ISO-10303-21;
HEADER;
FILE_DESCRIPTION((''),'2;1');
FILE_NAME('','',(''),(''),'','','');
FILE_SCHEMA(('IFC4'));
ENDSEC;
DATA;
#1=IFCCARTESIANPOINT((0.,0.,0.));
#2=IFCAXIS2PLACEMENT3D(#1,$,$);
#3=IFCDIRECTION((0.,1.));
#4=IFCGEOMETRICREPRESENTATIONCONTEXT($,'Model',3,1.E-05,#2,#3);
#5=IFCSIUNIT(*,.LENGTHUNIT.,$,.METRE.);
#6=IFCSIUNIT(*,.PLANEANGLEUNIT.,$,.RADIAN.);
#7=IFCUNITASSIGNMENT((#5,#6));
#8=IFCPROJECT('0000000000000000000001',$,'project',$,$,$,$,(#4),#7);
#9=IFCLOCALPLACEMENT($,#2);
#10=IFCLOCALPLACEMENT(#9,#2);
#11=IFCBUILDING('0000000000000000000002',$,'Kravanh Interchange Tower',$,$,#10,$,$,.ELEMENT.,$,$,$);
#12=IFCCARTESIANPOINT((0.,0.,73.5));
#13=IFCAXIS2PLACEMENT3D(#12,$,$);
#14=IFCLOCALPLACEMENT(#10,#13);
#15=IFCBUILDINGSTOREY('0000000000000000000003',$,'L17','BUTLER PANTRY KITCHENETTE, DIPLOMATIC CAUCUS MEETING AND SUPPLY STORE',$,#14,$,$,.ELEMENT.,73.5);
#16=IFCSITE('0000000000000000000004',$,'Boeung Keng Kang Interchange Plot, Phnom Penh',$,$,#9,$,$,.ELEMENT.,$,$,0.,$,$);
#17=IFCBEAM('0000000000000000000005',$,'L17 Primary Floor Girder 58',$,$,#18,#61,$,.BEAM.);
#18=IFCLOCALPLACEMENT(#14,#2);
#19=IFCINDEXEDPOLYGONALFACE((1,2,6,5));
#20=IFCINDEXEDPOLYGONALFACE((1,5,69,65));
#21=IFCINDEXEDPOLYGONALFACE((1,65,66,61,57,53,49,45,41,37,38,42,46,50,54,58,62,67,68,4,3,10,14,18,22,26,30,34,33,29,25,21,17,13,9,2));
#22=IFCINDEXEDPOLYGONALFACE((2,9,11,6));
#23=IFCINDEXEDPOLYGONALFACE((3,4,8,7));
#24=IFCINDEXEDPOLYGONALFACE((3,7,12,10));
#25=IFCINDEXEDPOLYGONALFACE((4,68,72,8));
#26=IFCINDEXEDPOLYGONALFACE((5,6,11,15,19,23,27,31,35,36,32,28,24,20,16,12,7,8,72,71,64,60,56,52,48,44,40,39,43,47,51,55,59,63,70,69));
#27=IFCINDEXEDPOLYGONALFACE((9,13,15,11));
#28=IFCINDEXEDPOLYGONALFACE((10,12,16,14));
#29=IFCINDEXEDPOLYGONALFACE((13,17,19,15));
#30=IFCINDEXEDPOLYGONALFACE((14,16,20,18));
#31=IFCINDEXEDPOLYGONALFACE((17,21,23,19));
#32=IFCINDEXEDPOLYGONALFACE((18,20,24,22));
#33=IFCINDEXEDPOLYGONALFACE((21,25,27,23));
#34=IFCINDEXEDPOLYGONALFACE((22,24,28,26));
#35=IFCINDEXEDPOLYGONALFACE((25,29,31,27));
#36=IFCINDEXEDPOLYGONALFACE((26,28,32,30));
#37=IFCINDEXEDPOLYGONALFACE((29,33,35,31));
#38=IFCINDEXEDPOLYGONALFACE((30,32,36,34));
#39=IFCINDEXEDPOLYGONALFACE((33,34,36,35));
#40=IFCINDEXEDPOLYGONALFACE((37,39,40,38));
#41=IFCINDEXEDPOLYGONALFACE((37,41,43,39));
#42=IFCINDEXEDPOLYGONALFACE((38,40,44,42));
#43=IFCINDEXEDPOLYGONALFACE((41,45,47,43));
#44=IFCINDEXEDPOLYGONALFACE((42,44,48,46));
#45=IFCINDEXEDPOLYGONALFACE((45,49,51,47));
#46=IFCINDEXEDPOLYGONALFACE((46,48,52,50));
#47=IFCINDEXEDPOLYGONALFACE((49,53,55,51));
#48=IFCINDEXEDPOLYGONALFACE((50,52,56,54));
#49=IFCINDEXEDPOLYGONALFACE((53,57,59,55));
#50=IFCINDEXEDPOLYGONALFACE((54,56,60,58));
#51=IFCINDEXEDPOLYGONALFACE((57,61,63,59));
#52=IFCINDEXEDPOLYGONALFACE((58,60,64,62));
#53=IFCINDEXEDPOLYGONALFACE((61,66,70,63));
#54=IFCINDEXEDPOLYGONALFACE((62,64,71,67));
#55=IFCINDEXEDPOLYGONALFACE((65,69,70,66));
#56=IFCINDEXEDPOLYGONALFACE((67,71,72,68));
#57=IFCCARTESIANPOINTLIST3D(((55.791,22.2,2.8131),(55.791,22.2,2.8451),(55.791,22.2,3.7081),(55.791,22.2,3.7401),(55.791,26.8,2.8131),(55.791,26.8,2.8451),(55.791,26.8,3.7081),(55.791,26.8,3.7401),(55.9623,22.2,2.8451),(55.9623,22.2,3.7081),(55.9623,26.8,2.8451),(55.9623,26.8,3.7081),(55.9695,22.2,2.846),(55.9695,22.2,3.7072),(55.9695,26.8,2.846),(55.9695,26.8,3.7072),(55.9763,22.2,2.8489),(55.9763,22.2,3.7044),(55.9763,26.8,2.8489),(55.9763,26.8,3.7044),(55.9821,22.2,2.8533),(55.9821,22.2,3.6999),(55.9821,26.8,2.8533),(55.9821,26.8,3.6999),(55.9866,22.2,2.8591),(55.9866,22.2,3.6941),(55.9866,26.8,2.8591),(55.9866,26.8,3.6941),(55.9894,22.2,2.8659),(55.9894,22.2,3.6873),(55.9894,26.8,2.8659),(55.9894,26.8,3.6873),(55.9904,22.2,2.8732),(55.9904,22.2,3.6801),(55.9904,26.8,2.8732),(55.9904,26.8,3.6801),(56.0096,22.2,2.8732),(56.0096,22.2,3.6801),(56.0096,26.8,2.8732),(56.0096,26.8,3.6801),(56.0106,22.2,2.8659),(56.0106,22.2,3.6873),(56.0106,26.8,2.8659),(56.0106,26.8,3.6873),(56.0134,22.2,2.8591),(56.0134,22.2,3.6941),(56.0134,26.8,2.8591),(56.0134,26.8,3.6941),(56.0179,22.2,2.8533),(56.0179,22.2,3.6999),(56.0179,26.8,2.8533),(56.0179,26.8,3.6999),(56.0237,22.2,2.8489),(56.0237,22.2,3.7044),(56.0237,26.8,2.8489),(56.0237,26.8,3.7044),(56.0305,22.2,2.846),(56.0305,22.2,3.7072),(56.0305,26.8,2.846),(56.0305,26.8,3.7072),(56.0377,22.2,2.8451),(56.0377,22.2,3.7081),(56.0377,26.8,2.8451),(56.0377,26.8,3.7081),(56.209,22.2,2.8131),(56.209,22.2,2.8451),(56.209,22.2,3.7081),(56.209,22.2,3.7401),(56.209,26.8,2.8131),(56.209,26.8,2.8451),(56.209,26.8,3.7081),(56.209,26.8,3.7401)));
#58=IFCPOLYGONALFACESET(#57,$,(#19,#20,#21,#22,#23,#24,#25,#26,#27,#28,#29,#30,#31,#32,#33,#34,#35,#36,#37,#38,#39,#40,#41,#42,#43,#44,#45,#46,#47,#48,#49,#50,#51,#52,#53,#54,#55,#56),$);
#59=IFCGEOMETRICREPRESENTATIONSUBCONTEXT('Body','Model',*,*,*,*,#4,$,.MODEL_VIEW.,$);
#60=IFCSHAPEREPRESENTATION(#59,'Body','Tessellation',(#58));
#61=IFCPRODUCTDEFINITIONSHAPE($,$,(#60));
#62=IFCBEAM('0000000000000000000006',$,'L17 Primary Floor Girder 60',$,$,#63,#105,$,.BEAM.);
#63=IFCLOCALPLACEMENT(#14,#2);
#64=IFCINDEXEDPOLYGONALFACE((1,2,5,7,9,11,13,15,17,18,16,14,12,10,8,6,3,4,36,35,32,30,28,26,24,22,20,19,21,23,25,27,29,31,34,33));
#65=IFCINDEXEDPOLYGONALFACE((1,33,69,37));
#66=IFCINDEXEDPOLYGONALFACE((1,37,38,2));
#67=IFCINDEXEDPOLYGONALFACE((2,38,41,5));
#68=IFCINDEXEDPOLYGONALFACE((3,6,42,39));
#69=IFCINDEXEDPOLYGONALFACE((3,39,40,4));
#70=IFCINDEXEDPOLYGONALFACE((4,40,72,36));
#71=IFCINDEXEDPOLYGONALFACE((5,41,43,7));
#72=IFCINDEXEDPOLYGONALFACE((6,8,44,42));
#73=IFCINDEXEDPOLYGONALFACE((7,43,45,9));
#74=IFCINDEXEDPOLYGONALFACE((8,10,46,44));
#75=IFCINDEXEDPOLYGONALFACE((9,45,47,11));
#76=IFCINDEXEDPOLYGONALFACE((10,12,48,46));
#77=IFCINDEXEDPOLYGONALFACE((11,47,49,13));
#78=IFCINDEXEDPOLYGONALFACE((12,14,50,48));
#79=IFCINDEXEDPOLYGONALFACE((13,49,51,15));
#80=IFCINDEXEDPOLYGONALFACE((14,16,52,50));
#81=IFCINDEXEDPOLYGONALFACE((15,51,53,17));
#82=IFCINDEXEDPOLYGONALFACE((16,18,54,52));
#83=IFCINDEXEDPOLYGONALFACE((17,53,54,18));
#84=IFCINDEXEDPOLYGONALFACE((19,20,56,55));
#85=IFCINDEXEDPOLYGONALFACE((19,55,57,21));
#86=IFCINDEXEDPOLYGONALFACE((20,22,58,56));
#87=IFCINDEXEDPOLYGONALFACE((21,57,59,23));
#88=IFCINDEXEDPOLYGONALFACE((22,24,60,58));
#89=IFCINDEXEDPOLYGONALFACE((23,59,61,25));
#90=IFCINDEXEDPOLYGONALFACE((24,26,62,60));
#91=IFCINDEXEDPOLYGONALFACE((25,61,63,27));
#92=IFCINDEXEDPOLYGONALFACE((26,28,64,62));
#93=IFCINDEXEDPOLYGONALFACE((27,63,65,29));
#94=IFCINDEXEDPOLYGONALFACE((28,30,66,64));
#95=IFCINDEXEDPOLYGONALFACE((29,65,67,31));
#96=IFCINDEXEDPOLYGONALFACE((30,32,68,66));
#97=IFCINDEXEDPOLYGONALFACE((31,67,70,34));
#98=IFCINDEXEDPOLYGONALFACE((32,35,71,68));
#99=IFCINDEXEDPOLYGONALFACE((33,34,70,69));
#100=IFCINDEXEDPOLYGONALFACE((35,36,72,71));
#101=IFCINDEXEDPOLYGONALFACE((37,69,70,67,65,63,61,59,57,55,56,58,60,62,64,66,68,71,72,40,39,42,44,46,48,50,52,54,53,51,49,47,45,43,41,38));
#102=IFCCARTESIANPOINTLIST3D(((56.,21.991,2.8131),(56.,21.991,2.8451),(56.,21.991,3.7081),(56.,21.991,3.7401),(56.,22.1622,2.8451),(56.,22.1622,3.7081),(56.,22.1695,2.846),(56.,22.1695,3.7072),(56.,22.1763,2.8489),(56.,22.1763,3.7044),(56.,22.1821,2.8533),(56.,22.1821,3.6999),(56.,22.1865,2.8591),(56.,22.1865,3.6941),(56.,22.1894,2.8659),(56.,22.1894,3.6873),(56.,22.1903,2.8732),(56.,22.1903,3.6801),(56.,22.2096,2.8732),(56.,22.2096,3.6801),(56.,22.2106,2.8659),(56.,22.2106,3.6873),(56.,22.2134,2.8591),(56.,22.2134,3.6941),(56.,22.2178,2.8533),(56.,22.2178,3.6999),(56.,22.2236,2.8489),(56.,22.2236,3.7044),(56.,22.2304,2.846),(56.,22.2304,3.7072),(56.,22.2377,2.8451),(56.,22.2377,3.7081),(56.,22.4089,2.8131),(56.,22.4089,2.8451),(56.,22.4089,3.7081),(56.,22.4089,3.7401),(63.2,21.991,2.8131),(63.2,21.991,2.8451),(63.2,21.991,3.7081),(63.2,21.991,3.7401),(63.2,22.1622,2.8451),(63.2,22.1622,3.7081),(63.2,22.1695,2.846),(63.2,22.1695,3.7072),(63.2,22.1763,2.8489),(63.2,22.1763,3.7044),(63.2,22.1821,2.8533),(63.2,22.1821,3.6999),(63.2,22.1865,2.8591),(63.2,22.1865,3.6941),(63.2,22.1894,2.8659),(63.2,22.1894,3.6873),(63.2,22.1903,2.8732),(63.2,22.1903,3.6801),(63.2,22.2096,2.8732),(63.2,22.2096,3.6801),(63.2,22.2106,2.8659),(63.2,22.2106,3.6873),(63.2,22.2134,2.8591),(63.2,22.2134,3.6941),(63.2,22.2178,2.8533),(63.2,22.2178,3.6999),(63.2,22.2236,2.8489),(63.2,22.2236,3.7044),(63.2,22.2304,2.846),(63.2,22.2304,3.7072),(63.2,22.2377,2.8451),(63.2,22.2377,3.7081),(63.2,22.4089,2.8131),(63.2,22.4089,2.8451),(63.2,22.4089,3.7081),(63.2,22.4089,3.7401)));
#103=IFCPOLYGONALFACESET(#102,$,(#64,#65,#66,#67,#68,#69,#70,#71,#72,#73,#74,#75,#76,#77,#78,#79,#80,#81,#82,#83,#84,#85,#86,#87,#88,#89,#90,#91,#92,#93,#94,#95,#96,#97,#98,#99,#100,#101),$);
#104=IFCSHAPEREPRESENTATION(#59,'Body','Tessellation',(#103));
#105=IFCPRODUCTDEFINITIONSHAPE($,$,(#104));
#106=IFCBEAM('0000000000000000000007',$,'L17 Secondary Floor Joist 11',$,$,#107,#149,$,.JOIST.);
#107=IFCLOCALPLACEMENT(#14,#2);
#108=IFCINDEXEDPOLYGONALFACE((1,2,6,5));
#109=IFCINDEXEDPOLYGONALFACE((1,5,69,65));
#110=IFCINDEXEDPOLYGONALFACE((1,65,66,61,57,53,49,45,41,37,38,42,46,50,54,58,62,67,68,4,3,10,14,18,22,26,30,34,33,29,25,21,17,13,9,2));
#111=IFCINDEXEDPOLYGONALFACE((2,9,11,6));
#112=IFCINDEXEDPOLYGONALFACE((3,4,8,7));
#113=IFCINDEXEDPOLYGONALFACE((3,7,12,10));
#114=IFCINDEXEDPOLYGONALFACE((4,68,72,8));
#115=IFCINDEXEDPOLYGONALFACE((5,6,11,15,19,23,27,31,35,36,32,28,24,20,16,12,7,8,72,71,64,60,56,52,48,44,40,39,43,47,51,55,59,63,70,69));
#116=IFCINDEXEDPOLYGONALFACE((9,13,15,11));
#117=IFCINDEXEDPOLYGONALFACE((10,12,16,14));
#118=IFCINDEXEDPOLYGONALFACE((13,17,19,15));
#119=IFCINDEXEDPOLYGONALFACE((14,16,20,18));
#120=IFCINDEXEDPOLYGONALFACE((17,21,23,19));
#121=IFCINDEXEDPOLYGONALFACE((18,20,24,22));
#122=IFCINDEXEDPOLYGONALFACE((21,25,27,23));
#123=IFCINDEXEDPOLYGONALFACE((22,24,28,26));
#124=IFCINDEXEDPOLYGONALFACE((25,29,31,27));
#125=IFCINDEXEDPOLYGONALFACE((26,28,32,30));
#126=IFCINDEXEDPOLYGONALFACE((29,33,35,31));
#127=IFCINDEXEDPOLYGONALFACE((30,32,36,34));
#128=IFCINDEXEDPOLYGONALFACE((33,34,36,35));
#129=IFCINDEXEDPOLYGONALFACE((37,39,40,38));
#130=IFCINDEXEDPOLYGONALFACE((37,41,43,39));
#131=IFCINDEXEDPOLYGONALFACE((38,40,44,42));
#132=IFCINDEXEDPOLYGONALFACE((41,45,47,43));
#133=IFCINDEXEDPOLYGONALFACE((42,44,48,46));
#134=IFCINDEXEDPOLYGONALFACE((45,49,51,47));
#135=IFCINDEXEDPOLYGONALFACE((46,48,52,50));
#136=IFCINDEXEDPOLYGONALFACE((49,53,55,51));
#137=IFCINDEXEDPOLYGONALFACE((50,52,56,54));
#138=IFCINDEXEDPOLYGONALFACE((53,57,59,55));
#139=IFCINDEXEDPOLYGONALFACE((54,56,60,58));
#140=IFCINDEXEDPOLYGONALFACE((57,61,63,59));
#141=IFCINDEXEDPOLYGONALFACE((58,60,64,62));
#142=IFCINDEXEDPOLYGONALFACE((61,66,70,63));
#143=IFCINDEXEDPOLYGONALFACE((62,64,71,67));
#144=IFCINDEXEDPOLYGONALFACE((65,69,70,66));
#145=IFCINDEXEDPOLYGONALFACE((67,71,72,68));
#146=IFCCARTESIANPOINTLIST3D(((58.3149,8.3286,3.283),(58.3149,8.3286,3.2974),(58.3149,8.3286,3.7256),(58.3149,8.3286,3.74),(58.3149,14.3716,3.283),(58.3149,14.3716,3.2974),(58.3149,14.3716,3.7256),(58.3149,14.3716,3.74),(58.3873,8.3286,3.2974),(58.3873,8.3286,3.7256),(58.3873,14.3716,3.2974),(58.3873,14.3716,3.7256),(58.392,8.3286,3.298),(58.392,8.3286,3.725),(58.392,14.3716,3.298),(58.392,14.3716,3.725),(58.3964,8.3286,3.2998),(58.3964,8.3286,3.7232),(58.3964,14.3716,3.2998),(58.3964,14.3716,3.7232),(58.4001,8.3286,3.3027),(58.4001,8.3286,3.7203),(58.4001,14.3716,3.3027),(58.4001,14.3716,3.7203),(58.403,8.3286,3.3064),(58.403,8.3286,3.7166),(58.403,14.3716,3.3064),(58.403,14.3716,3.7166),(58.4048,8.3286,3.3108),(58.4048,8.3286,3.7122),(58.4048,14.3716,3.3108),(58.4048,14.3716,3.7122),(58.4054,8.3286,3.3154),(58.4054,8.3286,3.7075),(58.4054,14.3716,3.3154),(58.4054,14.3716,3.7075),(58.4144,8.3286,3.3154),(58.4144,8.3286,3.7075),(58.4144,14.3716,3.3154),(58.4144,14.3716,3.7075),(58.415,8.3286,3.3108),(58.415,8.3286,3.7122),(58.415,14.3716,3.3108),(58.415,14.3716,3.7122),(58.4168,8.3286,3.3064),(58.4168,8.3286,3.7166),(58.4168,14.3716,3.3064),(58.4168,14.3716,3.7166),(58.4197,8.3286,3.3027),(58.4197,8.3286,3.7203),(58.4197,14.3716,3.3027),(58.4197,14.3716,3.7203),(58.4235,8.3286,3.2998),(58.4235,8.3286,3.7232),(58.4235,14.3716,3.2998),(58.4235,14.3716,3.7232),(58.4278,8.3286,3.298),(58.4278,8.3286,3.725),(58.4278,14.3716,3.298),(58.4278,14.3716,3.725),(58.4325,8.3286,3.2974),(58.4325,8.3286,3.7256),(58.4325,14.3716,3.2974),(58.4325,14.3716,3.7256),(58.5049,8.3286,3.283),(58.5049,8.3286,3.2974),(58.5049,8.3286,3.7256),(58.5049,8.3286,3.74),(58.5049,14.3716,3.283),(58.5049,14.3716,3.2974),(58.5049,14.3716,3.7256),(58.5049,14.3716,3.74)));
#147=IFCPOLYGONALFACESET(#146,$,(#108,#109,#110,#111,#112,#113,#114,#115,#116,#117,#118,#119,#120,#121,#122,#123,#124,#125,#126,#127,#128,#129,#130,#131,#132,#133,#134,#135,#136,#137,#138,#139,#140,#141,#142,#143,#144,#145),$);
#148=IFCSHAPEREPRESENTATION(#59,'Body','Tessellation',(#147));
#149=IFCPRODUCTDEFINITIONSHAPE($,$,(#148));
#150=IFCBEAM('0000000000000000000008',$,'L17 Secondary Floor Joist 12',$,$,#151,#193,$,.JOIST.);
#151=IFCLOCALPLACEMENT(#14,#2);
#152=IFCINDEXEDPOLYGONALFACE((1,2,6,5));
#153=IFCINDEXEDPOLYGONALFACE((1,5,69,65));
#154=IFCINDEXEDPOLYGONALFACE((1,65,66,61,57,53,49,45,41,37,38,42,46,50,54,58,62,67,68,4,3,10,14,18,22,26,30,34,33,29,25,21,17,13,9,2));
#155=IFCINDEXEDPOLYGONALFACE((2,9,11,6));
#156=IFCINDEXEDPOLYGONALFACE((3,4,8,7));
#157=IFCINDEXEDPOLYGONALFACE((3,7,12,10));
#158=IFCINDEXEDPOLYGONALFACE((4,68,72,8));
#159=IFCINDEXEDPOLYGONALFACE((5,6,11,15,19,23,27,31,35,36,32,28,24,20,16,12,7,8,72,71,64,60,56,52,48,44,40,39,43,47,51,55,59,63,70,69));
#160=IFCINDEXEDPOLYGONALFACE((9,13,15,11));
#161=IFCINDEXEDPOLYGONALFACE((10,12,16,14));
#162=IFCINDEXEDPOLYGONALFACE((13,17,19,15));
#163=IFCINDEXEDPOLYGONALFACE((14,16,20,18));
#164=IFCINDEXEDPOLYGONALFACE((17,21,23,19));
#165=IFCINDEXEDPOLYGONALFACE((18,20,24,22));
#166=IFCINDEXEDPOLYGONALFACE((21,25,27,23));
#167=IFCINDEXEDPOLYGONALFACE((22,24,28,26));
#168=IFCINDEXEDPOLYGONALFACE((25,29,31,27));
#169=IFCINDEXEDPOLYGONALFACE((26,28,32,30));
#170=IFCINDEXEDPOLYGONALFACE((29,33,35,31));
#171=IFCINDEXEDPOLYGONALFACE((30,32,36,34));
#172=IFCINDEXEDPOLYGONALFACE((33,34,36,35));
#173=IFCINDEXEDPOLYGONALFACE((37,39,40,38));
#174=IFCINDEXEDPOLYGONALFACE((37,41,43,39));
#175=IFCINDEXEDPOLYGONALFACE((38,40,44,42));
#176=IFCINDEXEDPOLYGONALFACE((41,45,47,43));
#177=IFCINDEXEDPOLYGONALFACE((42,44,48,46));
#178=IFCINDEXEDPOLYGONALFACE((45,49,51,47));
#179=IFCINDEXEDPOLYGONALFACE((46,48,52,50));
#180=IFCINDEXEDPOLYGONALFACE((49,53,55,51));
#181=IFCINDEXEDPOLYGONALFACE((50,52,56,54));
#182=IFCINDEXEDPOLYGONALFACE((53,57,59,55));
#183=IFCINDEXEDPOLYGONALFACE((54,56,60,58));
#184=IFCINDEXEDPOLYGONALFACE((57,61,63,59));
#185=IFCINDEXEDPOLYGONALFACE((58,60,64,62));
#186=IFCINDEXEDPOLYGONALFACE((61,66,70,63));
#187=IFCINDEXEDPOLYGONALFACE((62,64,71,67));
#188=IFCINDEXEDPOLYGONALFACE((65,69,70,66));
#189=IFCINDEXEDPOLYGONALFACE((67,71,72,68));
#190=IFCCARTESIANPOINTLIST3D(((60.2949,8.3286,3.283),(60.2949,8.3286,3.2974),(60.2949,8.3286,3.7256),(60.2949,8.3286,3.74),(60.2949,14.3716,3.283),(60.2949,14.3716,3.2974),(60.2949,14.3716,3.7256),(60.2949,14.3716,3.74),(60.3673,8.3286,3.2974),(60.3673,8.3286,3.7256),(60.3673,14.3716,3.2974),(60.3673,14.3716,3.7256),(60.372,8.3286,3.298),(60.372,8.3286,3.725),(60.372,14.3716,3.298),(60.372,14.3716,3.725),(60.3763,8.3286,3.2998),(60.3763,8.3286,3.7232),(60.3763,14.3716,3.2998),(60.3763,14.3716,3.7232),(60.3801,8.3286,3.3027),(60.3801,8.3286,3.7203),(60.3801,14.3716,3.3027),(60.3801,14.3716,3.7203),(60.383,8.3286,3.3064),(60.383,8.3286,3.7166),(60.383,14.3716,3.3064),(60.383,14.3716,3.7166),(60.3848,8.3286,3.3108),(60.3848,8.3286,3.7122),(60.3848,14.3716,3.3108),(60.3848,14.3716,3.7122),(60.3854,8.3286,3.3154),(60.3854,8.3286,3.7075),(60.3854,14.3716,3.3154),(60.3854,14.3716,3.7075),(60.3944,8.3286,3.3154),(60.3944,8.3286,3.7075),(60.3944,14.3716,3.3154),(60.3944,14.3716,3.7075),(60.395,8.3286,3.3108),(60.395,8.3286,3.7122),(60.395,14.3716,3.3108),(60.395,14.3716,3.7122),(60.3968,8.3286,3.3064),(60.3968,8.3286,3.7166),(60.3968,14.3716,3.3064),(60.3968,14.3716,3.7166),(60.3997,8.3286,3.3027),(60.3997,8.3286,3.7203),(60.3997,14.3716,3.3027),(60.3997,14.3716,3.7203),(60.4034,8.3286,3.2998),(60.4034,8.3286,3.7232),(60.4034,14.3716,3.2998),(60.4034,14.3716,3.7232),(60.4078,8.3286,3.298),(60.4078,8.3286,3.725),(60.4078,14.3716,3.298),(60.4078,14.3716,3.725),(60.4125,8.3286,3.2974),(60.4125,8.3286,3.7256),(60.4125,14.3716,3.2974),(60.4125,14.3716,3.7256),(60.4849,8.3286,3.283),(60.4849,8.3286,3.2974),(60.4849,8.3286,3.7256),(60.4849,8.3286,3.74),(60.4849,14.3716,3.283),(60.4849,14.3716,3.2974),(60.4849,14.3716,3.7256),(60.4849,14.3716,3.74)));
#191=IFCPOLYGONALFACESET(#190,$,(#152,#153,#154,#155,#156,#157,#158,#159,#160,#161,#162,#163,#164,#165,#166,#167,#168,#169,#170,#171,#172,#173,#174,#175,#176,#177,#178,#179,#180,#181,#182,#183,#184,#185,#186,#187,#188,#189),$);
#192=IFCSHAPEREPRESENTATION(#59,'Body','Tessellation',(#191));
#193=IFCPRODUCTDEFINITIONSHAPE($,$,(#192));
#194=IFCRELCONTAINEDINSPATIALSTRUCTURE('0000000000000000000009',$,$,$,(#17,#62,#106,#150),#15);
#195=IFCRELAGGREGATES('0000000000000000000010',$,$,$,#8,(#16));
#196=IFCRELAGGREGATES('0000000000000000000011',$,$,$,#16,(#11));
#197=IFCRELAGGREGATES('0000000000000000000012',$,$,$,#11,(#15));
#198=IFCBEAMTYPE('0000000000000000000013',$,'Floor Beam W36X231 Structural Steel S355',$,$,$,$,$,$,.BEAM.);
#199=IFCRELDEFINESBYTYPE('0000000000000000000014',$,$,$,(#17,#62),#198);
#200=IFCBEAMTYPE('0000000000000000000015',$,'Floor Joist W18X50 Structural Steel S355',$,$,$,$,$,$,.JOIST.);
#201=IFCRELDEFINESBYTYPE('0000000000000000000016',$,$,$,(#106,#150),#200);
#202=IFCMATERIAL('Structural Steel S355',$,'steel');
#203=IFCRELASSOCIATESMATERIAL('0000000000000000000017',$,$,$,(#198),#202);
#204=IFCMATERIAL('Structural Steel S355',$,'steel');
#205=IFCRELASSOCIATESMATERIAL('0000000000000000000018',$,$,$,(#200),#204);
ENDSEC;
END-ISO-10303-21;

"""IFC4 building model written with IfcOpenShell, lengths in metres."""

from ifc_helpers import new_model, si_unit, direction, frame, origin, origin_2d, place, context, subcontext, project, spatial, i_section, extrude, material, material_profile, profile_set, type_object, element, save


model = new_model("IFC4")

# Units and contexts
model_context = context("Model", 3, precision=1e-05, world=origin(), true_north=direction((0.0, 1.0)))
body_context = subcontext(model_context, "Body", "Model", "MODEL_VIEW")
ifc_project = project(units=[si_unit("LENGTHUNIT", "METRE"), si_unit("PLANEANGLEUNIT", "RADIAN")], contexts=[model_context])

# Site, building, storey
site_placement = place(None, origin())
site = spatial("IfcSite", under=ifc_project, at=site_placement, Name="Boeung Keng Kang Interchange Plot, Phnom Penh", CompositionType="ELEMENT", RefElevation=0.0)
building_placement = place(site_placement, origin())
building = spatial("IfcBuilding", under=site, at=building_placement, Name="Kravanh Interchange Tower", CompositionType="ELEMENT")
storey_placement = place(building_placement, frame((0.0, 0.0, 73.5)))
storey = spatial("IfcBuildingStorey", under=building, at=storey_placement, Name="L17", Description="BUTLER PANTRY KITCHENETTE, DIPLOMATIC CAUCUS MEETING AND SUPPLY STORE", CompositionType="ELEMENT", Elevation=73.5)

# Beams
ifc_material_1 = material(Name="Structural Steel S355", Category="steel")
ifc_material_profile_1 = material_profile(ifc_material_1, i_section(OverallWidth=0.418, OverallDepth=0.927, WebThickness=0.0193, FlangeThickness=0.032, FilletRadius=0.0281, at=origin_2d()), Name="W36X231")
ifc_profile_set_1 = profile_set([ifc_material_profile_1], Name="Structural Steel S355")
beam_type_1 = type_object("IfcBeamType", Name="Floor Beam W36X231 Structural Steel S355", PredefinedType="BEAM", material=ifc_profile_set_1)
beam_1_placement = place(storey_placement, frame((56.0, 22.2, 3.2766), z_axis=(0.0, 1.0, 0.0), x_axis=(-1.0, 0.0, 0.0)))
element("IfcBeam", 1, at=beam_1_placement, inside=storey, type_object=beam_type_1, Name="L17 Primary Floor Girder 58", PredefinedType="BEAM", context=body_context, shape_type="SweptSolid", body=[
    extrude(i_section(OverallWidth=0.418, OverallDepth=0.927, WebThickness=0.0193, FlangeThickness=0.032, FilletRadius=0.0281, at=origin_2d()), origin(), (0.0, 0.0, 1.0), 4.6001),
])
beam_2_placement = place(storey_placement, frame((56.0, 22.2, 3.2766), z_axis=(1.0, 0.0, 0.0), x_axis=(0.0, 1.0, 0.0)))
element("IfcBeam", 2, at=beam_2_placement, inside=storey, type_object=beam_type_1, Name="L17 Primary Floor Girder 60", PredefinedType="BEAM", context=body_context, shape_type="SweptSolid", body=[
    extrude(i_section(OverallWidth=0.418, OverallDepth=0.927, WebThickness=0.0193, FlangeThickness=0.032, FilletRadius=0.0281, at=origin_2d()), origin(), (0.0, 0.0, 1.0), 7.2),
])
ifc_material_2 = material(Name="Structural Steel S355", Category="steel")
ifc_material_profile_2 = material_profile(ifc_material_2, i_section(OverallWidth=0.1899, OverallDepth=0.457, WebThickness=0.009, FlangeThickness=0.0144, FilletRadius=0.0181, at=origin_2d()), Name="W18X50")
ifc_profile_set_2 = profile_set([ifc_material_profile_2], Name="Structural Steel S355")
beam_type_2 = type_object("IfcBeamType", Name="Floor Joist W18X50 Structural Steel S355", PredefinedType="JOIST", material=ifc_profile_set_2)
for number, where, z_axis, x_axis, name in (
    (3, (58.4099, 8.3286, 3.5115), (0.0, 1.0, 0.0), (-1.0, 0.0, 0.0), "L17 Secondary Floor Joist 11"),
    (4, (60.3899, 8.3286, 3.5115), (0.0, 1.0, 0.0), (-1.0, 0.0, 0.0), "L17 Secondary Floor Joist 12"),
):
    element("IfcBeam", number, at=place(storey_placement, frame(where, z_axis=z_axis, x_axis=x_axis)), inside=storey, type_object=beam_type_2, Name=name, PredefinedType="JOIST", context=body_context, shape_type="SweptSolid", body=[
        extrude(i_section(OverallWidth=0.1899, OverallDepth=0.457, WebThickness=0.009, FlangeThickness=0.0144, FilletRadius=0.0181, at=origin_2d()), origin(), (0.0, 0.0, 1.0), 6.043),
    ])

save(model, "model.ifc")
